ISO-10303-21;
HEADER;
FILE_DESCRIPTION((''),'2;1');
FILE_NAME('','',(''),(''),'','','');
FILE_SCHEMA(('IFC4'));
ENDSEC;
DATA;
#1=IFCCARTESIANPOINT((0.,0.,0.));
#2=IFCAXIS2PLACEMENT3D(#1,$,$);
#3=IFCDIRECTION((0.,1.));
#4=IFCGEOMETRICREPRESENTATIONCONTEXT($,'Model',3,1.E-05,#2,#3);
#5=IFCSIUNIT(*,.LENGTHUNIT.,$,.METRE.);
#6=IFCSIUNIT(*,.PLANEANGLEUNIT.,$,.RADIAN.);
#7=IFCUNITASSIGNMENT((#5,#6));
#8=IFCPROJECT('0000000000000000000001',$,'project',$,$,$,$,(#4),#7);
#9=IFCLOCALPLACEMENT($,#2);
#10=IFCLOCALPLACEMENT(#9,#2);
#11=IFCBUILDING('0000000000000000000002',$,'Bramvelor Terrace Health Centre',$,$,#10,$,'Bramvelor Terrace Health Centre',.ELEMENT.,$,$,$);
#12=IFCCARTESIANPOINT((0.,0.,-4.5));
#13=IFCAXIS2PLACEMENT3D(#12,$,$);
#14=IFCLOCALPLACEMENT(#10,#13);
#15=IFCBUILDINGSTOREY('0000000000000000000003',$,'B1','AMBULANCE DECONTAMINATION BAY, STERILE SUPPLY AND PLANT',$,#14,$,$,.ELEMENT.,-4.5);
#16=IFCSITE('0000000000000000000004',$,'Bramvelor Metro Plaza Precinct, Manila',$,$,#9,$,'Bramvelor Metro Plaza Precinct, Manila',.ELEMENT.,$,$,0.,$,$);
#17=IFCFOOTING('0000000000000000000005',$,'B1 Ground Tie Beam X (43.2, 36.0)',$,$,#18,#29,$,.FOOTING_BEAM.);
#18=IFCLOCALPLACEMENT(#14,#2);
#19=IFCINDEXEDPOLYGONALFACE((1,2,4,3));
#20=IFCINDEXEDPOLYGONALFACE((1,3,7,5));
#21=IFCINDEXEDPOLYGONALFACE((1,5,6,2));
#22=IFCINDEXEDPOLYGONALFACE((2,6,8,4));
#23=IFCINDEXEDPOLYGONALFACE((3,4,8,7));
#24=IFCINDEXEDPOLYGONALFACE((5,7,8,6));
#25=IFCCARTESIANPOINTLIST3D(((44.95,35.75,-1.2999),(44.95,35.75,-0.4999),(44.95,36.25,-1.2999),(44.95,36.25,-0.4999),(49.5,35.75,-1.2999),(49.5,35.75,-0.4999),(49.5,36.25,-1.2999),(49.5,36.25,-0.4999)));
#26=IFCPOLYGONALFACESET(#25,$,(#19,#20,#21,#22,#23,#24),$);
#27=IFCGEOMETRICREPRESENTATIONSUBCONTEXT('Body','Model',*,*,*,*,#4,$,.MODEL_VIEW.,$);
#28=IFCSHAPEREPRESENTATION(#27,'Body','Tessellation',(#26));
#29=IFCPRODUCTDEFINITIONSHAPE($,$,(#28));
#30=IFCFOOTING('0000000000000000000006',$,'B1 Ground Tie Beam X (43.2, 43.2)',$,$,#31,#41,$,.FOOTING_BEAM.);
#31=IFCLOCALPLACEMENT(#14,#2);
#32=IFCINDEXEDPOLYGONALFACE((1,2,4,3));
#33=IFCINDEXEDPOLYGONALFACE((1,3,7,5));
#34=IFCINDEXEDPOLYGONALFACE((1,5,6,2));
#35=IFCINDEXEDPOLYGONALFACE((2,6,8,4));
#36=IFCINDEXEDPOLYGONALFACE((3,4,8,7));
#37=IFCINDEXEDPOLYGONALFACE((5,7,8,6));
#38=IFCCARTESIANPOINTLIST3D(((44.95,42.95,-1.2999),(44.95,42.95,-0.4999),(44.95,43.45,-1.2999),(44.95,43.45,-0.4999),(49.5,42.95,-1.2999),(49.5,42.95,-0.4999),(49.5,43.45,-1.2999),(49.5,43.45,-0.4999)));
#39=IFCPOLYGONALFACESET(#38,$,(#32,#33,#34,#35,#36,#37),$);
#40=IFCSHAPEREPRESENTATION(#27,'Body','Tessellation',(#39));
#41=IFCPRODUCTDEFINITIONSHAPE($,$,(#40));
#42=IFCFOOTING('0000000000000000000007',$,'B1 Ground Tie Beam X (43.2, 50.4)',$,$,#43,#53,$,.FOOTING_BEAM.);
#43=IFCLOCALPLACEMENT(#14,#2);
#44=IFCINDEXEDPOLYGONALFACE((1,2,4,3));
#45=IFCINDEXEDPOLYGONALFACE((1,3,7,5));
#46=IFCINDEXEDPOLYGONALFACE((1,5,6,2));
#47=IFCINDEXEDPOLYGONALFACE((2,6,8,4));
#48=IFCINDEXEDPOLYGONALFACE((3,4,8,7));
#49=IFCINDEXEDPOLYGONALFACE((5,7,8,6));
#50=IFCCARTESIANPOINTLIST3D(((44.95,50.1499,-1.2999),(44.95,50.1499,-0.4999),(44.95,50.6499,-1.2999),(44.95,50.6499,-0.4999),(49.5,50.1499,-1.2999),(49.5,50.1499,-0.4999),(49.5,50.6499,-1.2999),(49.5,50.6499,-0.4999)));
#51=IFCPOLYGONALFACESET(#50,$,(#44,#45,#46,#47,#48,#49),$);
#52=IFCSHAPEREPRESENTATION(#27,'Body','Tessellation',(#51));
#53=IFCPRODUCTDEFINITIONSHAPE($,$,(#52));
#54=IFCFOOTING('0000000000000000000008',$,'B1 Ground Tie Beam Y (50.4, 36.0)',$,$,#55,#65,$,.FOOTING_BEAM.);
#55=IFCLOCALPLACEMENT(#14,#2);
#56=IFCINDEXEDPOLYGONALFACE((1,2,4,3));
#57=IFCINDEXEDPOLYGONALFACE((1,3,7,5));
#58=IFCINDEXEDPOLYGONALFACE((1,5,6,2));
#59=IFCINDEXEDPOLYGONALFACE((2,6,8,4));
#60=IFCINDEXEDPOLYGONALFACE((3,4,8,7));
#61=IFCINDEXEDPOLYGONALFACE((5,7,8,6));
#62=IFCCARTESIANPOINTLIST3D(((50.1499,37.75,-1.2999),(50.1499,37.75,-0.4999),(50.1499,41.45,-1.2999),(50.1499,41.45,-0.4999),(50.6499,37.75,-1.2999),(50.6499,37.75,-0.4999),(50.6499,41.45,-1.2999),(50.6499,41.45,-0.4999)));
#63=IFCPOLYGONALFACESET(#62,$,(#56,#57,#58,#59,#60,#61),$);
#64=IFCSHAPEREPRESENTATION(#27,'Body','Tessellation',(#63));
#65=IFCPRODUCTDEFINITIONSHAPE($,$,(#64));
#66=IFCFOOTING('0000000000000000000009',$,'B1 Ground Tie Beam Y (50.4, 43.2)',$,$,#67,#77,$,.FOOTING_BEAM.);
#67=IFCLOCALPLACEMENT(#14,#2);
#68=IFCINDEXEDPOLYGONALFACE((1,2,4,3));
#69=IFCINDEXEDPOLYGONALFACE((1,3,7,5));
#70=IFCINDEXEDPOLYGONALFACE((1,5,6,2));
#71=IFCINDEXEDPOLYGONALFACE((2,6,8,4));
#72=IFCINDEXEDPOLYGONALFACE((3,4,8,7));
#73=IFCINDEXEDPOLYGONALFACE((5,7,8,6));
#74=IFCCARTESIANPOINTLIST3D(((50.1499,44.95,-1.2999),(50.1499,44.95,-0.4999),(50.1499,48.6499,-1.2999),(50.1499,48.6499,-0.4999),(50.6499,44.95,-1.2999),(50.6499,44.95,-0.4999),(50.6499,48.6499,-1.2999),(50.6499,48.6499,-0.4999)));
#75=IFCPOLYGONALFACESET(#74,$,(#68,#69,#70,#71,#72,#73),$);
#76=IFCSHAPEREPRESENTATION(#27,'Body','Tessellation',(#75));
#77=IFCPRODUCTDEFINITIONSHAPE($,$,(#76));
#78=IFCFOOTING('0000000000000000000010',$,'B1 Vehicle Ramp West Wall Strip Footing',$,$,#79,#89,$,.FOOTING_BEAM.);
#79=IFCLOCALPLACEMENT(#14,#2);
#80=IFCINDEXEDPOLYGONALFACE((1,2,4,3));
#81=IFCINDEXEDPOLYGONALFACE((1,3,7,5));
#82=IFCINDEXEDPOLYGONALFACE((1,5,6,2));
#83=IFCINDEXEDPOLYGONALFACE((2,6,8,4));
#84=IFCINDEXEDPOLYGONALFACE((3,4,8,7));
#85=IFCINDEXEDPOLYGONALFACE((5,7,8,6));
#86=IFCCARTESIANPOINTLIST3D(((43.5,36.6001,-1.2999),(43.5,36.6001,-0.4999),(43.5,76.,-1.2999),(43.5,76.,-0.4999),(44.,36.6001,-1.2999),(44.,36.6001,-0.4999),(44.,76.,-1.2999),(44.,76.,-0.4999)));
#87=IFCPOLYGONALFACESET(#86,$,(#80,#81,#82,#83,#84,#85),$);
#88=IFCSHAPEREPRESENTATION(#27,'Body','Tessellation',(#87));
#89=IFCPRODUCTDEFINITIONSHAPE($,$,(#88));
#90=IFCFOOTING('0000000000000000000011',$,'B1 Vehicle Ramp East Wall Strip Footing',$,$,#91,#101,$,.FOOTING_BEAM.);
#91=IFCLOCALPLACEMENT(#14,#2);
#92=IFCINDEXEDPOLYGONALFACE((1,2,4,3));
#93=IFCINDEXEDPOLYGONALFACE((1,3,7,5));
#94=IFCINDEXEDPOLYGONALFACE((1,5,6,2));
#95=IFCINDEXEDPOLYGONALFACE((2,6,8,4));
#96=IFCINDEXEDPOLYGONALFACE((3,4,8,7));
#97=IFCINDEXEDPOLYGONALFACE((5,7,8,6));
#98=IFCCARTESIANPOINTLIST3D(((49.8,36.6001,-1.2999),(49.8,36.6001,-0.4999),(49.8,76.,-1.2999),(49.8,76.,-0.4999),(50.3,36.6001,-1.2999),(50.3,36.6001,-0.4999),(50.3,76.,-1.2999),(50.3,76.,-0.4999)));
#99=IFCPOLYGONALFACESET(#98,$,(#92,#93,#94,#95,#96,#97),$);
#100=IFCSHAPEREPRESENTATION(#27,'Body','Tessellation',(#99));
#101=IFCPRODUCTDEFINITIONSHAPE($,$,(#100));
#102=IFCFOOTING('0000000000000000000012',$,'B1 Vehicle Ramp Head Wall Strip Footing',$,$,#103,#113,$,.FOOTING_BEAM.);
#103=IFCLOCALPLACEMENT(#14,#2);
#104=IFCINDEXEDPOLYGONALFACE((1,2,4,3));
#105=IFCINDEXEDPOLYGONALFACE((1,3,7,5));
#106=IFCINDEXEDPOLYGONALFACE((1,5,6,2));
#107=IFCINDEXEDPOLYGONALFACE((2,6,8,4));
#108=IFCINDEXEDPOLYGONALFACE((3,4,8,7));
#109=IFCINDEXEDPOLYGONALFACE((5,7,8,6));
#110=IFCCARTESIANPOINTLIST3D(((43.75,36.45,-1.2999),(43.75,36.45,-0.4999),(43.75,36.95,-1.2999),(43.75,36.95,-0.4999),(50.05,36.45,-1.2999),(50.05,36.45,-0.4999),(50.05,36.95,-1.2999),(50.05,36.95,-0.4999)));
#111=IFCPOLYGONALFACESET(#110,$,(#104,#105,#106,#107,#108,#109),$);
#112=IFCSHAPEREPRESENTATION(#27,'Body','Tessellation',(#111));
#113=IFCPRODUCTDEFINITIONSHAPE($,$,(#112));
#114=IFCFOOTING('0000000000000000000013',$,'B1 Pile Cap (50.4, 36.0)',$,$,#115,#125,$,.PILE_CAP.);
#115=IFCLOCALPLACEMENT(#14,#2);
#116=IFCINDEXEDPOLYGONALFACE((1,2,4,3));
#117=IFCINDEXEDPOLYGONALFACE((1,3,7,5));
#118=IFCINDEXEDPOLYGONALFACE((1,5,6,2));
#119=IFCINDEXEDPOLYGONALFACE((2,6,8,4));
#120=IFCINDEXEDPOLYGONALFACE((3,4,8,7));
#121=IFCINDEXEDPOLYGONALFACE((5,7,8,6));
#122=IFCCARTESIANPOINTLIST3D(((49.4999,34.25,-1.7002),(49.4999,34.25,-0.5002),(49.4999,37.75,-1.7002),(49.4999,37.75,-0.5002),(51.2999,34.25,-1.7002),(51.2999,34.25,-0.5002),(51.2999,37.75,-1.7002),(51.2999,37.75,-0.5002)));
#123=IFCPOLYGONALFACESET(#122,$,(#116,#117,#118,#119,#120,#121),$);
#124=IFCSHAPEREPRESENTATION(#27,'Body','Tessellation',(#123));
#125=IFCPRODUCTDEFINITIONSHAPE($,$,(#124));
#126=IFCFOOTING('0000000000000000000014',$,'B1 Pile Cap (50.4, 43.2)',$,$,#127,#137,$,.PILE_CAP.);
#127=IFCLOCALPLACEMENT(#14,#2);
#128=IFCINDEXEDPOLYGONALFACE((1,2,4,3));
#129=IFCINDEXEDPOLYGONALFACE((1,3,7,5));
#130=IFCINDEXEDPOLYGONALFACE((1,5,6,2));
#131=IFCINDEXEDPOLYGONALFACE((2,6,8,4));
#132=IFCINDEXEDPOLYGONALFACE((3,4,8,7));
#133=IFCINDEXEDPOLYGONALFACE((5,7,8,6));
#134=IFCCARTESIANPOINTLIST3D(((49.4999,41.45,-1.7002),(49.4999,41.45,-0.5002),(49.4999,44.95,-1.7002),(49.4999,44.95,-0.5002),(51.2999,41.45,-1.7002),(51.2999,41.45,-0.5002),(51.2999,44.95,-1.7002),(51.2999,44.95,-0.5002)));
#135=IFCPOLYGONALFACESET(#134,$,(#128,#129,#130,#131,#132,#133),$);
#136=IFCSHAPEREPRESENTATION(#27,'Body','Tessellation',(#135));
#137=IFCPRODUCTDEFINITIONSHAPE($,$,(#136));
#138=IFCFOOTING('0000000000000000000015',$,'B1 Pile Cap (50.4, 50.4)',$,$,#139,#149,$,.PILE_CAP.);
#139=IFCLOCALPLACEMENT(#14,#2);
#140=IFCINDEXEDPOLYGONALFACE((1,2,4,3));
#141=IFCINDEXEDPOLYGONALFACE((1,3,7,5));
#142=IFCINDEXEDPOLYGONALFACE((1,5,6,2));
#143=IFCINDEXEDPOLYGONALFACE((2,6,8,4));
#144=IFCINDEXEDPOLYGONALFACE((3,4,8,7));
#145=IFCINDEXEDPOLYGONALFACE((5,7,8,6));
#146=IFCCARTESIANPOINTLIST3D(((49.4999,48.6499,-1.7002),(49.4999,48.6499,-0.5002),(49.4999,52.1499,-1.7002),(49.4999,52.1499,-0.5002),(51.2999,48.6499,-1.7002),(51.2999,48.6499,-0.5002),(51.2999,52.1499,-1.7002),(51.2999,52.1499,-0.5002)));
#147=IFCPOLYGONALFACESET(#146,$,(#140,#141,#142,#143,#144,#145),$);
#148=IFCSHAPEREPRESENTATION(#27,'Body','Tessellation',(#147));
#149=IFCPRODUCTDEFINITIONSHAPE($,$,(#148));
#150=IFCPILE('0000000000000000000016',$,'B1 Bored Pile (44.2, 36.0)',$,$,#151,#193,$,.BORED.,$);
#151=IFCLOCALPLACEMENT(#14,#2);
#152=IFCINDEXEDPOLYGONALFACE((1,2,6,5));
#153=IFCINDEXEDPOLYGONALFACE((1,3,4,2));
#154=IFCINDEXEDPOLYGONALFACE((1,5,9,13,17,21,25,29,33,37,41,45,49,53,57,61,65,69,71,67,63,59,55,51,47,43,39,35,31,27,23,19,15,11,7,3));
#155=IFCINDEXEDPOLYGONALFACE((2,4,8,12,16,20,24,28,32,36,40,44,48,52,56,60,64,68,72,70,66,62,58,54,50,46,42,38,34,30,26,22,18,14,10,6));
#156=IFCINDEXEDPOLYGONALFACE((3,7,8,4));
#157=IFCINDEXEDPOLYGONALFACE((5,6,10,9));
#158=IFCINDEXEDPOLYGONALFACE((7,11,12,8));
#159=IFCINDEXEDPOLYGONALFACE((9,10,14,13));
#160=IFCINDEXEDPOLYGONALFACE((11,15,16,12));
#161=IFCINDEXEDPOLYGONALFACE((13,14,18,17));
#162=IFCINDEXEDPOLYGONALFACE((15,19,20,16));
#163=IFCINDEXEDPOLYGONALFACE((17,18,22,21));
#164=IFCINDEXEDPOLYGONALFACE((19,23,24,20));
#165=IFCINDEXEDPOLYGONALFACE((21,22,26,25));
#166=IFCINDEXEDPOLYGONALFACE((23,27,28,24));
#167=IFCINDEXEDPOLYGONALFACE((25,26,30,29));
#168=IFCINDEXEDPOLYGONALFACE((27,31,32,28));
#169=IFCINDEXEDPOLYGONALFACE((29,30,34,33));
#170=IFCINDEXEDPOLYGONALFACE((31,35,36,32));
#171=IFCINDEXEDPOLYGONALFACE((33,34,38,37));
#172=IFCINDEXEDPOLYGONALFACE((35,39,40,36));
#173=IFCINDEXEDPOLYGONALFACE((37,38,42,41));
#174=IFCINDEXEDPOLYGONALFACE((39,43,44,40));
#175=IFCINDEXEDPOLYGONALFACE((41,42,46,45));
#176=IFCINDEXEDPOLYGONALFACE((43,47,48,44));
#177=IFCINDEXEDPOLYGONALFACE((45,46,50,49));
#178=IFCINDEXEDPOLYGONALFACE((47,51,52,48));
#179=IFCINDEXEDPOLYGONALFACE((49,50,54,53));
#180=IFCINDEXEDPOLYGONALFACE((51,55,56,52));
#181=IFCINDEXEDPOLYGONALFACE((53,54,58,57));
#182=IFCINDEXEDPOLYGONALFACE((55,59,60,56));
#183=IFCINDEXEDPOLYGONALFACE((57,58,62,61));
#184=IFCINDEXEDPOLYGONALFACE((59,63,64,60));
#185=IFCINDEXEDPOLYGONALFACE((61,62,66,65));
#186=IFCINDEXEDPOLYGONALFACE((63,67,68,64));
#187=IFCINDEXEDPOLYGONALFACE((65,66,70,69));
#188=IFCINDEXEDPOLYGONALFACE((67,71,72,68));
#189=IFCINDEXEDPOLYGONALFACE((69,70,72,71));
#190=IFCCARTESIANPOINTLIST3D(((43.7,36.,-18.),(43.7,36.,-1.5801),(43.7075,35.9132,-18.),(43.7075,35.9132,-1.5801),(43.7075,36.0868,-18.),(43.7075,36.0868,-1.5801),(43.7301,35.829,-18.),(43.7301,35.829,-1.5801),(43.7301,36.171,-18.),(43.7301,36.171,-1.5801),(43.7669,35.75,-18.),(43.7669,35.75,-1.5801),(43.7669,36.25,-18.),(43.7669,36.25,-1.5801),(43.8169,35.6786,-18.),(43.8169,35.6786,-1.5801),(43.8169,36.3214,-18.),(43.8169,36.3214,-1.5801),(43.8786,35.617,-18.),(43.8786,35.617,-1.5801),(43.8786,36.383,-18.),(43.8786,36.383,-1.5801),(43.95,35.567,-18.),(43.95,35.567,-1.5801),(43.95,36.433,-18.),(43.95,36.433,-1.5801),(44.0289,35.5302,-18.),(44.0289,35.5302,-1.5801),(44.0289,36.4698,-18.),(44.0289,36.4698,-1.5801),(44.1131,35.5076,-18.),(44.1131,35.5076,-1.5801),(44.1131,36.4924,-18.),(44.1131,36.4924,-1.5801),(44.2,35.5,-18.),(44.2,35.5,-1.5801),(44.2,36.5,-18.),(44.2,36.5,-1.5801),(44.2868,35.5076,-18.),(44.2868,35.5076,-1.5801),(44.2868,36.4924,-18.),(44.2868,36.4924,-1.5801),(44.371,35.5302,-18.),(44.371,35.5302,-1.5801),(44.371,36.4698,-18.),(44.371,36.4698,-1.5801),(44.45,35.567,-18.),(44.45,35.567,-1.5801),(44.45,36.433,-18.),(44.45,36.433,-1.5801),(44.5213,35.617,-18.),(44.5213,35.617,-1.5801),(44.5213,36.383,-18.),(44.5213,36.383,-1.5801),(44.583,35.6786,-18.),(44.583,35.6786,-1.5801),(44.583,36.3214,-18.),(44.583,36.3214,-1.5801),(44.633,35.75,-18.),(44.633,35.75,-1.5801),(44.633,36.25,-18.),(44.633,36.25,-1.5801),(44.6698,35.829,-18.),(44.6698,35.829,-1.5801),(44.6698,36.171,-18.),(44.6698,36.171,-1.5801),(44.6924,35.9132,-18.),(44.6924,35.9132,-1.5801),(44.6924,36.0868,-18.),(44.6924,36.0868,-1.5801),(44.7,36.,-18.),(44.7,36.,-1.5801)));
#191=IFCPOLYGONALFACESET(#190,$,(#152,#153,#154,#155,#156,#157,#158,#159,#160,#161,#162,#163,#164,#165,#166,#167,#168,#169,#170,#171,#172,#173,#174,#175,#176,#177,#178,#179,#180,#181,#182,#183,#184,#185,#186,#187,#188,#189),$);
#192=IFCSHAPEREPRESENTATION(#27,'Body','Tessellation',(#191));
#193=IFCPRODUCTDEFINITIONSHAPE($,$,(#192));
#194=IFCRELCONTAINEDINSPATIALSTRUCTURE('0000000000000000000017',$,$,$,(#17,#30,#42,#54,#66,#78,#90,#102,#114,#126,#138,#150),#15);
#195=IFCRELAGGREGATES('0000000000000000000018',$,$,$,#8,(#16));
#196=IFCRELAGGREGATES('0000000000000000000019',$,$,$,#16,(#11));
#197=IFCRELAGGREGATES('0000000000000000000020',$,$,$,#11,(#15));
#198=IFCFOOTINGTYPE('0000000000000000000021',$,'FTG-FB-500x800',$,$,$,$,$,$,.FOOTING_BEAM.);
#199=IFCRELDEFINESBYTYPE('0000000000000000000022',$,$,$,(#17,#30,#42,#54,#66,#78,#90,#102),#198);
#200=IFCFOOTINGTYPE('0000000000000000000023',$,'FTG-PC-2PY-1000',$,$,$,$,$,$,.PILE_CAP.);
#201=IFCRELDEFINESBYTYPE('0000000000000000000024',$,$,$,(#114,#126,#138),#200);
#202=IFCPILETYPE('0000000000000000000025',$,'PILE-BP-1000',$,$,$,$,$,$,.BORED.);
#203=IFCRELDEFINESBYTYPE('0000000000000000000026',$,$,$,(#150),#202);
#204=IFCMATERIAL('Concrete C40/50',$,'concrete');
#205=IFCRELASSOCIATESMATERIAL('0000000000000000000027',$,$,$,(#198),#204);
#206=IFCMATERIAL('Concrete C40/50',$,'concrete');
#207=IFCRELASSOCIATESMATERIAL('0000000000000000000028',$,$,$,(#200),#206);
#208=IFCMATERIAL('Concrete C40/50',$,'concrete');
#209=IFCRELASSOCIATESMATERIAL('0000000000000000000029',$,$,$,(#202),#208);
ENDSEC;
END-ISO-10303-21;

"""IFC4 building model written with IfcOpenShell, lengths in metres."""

from ifc_helpers import new_model, si_unit, direction, frame, origin, origin_2d, place, context, subcontext, project, spatial, rectangle, circle, extrude, material, material_profile, profile_set, type_object, element, save


model = new_model("IFC4")

# Units and contexts
model_context = context("Model", 3, precision=1e-05, world=origin(), true_north=direction((0.0, 1.0)))
body_context = subcontext(model_context, "Body", "Model", "MODEL_VIEW")
ifc_project = project(units=[si_unit("LENGTHUNIT", "METRE"), si_unit("PLANEANGLEUNIT", "RADIAN")], contexts=[model_context])

# Site, building, storey
site_placement = place(None, origin())
site = spatial("IfcSite", under=ifc_project, at=site_placement, Name="Bramvelor Metro Plaza Precinct, Manila", LongName="Bramvelor Metro Plaza Precinct, Manila", CompositionType="ELEMENT", RefElevation=0.0)
building_placement = place(site_placement, origin())
building = spatial("IfcBuilding", under=site, at=building_placement, Name="Bramvelor Terrace Health Centre", LongName="Bramvelor Terrace Health Centre", CompositionType="ELEMENT")
storey_placement = place(building_placement, frame((0.0, 0.0, -4.5)))
storey = spatial("IfcBuildingStorey", under=building, at=storey_placement, Name="B1", Description="AMBULANCE DECONTAMINATION BAY, STERILE SUPPLY AND PLANT", CompositionType="ELEMENT", Elevation=-4.5)

# Footings
ifc_material_1 = material(Name="Concrete C40/50", Category="concrete")
ifc_material_profile_1 = material_profile(ifc_material_1, rectangle(XDim=0.5, YDim=0.8, at=origin_2d()), Name="RC 500x800")
ifc_profile_set_1 = profile_set([ifc_material_profile_1], Name="Concrete C40/50")
footing_type_1 = type_object("IfcFootingType", Name="FTG-FB-500x800", PredefinedType="FOOTING_BEAM", material=ifc_profile_set_1)
for number, where, z_axis, x_axis, name in (
    (1, (44.95, 36.0, -0.8999), (1.0, 0.0, 0.0), (0.0, 1.0, 0.0), "B1 Ground Tie Beam X (43.2, 36.0)"),
    (2, (44.95, 43.2, -0.8999), (1.0, 0.0, 0.0), (0.0, 1.0, 0.0), "B1 Ground Tie Beam X (43.2, 43.2)"),
    (3, (44.95, 50.3999, -0.8999), (1.0, 0.0, 0.0), (0.0, 1.0, 0.0), "B1 Ground Tie Beam X (43.2, 50.4)"),
):
    element("IfcFooting", number, at=place(storey_placement, frame(where, z_axis=z_axis, x_axis=x_axis)), inside=storey, type_object=footing_type_1, Name=name, PredefinedType="FOOTING_BEAM", context=body_context, shape_type="SweptSolid", body=[
        extrude(rectangle(XDim=0.5, YDim=0.8, at=origin_2d()), origin(), (0.0, 0.0, 1.0), 4.55),
    ])
for number, where, z_axis, x_axis, name in (
    (4, (50.3999, 37.75, -0.8999), (0.0, 1.0, 0.0), (-1.0, 0.0, 0.0), "B1 Ground Tie Beam Y (50.4, 36.0)"),
    (5, (50.3999, 44.95, -0.8999), (0.0, 1.0, 0.0), (-1.0, 0.0, 0.0), "B1 Ground Tie Beam Y (50.4, 43.2)"),
):
    element("IfcFooting", number, at=place(storey_placement, frame(where, z_axis=z_axis, x_axis=x_axis)), inside=storey, type_object=footing_type_1, Name=name, PredefinedType="FOOTING_BEAM", context=body_context, shape_type="SweptSolid", body=[
        extrude(rectangle(XDim=0.5, YDim=0.8, at=origin_2d()), origin(), (0.0, 0.0, 1.0), 3.7),
    ])
for number, where, z_axis, x_axis, name in (
    (6, (43.75, 36.6001, -0.8999), (0.0, 1.0, 0.0), (-1.0, 0.0, 0.0), "B1 Vehicle Ramp West Wall Strip Footing"),
    (7, (50.05, 36.6001, -0.8999), (0.0, 1.0, 0.0), (-1.0, 0.0, 0.0), "B1 Vehicle Ramp East Wall Strip Footing"),
):
    element("IfcFooting", number, at=place(storey_placement, frame(where, z_axis=z_axis, x_axis=x_axis)), inside=storey, type_object=footing_type_1, Name=name, PredefinedType="FOOTING_BEAM", context=body_context, shape_type="SweptSolid", body=[
        extrude(rectangle(XDim=0.5, YDim=0.8, at=origin_2d()), origin(), (0.0, 0.0, 1.0), 39.3999),
    ])
footing_placement = place(storey_placement, frame((43.75, 36.7, -0.8999), z_axis=(1.0, 0.0, 0.0), x_axis=(0.0, 1.0, 0.0)))
element("IfcFooting", 8, at=footing_placement, inside=storey, type_object=footing_type_1, Name="B1 Vehicle Ramp Head Wall Strip Footing", PredefinedType="FOOTING_BEAM", context=body_context, shape_type="SweptSolid", body=[
    extrude(rectangle(XDim=0.5, YDim=0.8, at=origin_2d()), origin(), (0.0, 0.0, 1.0), 6.3),
])
ifc_material_2 = material(Name="Concrete C40/50", Category="concrete")
footing_type_2 = type_object("IfcFootingType", Name="FTG-PC-2PY-1000", PredefinedType="PILE_CAP", material=ifc_material_2)
for number, where, z_axis, x_axis, name in (
    (9, (50.3999, 36.0, -1.7002), (0.0, 0.0, 1.0), (1.0, 0.0, 0.0), "B1 Pile Cap (50.4, 36.0)"),
    (10, (50.3999, 43.2, -1.7002), (0.0, 0.0, 1.0), (1.0, 0.0, 0.0), "B1 Pile Cap (50.4, 43.2)"),
    (11, (50.3999, 50.3999, -1.7002), (0.0, 0.0, 1.0), (1.0, 0.0, 0.0), "B1 Pile Cap (50.4, 50.4)"),
):
    element("IfcFooting", number, at=place(storey_placement, frame(where, z_axis=z_axis, x_axis=x_axis)), inside=storey, type_object=footing_type_2, Name=name, PredefinedType="PILE_CAP", context=body_context, shape_type="SweptSolid", body=[
        extrude(rectangle(XDim=1.8, YDim=3.5, at=origin_2d()), origin(), (0.0, 0.0, 1.0), 1.2),
    ])

# Pile
ifc_material_3 = material(Name="Concrete C40/50", Category="concrete")
ifc_material_profile_2 = material_profile(ifc_material_3, circle(Radius=0.5, at=origin_2d()), Name="BP D1000")
ifc_profile_set_2 = profile_set([ifc_material_profile_2], Name="Concrete C40/50")
pile_type = type_object("IfcPileType", Name="PILE-BP-1000", PredefinedType="BORED", material=ifc_profile_set_2)
for number, where, z_axis, x_axis, name in (
    (12, (44.2, 36.0, -1.5801), (0.0, 0.0, -1.0), (1.0, 0.0, 0.0), "B1 Bored Pile (44.2, 36.0)"),
):
    element("IfcPile", number, at=place(storey_placement, frame(where, z_axis=z_axis, x_axis=x_axis)), inside=storey, type_object=pile_type, Name=name, PredefinedType="BORED", context=body_context, shape_type="SweptSolid", body=[
        extrude(circle(Radius=0.5, at=origin_2d()), origin(), (0.0, 0.0, 1.0), 16.4199),
    ])

save(model, "model.ifc")
